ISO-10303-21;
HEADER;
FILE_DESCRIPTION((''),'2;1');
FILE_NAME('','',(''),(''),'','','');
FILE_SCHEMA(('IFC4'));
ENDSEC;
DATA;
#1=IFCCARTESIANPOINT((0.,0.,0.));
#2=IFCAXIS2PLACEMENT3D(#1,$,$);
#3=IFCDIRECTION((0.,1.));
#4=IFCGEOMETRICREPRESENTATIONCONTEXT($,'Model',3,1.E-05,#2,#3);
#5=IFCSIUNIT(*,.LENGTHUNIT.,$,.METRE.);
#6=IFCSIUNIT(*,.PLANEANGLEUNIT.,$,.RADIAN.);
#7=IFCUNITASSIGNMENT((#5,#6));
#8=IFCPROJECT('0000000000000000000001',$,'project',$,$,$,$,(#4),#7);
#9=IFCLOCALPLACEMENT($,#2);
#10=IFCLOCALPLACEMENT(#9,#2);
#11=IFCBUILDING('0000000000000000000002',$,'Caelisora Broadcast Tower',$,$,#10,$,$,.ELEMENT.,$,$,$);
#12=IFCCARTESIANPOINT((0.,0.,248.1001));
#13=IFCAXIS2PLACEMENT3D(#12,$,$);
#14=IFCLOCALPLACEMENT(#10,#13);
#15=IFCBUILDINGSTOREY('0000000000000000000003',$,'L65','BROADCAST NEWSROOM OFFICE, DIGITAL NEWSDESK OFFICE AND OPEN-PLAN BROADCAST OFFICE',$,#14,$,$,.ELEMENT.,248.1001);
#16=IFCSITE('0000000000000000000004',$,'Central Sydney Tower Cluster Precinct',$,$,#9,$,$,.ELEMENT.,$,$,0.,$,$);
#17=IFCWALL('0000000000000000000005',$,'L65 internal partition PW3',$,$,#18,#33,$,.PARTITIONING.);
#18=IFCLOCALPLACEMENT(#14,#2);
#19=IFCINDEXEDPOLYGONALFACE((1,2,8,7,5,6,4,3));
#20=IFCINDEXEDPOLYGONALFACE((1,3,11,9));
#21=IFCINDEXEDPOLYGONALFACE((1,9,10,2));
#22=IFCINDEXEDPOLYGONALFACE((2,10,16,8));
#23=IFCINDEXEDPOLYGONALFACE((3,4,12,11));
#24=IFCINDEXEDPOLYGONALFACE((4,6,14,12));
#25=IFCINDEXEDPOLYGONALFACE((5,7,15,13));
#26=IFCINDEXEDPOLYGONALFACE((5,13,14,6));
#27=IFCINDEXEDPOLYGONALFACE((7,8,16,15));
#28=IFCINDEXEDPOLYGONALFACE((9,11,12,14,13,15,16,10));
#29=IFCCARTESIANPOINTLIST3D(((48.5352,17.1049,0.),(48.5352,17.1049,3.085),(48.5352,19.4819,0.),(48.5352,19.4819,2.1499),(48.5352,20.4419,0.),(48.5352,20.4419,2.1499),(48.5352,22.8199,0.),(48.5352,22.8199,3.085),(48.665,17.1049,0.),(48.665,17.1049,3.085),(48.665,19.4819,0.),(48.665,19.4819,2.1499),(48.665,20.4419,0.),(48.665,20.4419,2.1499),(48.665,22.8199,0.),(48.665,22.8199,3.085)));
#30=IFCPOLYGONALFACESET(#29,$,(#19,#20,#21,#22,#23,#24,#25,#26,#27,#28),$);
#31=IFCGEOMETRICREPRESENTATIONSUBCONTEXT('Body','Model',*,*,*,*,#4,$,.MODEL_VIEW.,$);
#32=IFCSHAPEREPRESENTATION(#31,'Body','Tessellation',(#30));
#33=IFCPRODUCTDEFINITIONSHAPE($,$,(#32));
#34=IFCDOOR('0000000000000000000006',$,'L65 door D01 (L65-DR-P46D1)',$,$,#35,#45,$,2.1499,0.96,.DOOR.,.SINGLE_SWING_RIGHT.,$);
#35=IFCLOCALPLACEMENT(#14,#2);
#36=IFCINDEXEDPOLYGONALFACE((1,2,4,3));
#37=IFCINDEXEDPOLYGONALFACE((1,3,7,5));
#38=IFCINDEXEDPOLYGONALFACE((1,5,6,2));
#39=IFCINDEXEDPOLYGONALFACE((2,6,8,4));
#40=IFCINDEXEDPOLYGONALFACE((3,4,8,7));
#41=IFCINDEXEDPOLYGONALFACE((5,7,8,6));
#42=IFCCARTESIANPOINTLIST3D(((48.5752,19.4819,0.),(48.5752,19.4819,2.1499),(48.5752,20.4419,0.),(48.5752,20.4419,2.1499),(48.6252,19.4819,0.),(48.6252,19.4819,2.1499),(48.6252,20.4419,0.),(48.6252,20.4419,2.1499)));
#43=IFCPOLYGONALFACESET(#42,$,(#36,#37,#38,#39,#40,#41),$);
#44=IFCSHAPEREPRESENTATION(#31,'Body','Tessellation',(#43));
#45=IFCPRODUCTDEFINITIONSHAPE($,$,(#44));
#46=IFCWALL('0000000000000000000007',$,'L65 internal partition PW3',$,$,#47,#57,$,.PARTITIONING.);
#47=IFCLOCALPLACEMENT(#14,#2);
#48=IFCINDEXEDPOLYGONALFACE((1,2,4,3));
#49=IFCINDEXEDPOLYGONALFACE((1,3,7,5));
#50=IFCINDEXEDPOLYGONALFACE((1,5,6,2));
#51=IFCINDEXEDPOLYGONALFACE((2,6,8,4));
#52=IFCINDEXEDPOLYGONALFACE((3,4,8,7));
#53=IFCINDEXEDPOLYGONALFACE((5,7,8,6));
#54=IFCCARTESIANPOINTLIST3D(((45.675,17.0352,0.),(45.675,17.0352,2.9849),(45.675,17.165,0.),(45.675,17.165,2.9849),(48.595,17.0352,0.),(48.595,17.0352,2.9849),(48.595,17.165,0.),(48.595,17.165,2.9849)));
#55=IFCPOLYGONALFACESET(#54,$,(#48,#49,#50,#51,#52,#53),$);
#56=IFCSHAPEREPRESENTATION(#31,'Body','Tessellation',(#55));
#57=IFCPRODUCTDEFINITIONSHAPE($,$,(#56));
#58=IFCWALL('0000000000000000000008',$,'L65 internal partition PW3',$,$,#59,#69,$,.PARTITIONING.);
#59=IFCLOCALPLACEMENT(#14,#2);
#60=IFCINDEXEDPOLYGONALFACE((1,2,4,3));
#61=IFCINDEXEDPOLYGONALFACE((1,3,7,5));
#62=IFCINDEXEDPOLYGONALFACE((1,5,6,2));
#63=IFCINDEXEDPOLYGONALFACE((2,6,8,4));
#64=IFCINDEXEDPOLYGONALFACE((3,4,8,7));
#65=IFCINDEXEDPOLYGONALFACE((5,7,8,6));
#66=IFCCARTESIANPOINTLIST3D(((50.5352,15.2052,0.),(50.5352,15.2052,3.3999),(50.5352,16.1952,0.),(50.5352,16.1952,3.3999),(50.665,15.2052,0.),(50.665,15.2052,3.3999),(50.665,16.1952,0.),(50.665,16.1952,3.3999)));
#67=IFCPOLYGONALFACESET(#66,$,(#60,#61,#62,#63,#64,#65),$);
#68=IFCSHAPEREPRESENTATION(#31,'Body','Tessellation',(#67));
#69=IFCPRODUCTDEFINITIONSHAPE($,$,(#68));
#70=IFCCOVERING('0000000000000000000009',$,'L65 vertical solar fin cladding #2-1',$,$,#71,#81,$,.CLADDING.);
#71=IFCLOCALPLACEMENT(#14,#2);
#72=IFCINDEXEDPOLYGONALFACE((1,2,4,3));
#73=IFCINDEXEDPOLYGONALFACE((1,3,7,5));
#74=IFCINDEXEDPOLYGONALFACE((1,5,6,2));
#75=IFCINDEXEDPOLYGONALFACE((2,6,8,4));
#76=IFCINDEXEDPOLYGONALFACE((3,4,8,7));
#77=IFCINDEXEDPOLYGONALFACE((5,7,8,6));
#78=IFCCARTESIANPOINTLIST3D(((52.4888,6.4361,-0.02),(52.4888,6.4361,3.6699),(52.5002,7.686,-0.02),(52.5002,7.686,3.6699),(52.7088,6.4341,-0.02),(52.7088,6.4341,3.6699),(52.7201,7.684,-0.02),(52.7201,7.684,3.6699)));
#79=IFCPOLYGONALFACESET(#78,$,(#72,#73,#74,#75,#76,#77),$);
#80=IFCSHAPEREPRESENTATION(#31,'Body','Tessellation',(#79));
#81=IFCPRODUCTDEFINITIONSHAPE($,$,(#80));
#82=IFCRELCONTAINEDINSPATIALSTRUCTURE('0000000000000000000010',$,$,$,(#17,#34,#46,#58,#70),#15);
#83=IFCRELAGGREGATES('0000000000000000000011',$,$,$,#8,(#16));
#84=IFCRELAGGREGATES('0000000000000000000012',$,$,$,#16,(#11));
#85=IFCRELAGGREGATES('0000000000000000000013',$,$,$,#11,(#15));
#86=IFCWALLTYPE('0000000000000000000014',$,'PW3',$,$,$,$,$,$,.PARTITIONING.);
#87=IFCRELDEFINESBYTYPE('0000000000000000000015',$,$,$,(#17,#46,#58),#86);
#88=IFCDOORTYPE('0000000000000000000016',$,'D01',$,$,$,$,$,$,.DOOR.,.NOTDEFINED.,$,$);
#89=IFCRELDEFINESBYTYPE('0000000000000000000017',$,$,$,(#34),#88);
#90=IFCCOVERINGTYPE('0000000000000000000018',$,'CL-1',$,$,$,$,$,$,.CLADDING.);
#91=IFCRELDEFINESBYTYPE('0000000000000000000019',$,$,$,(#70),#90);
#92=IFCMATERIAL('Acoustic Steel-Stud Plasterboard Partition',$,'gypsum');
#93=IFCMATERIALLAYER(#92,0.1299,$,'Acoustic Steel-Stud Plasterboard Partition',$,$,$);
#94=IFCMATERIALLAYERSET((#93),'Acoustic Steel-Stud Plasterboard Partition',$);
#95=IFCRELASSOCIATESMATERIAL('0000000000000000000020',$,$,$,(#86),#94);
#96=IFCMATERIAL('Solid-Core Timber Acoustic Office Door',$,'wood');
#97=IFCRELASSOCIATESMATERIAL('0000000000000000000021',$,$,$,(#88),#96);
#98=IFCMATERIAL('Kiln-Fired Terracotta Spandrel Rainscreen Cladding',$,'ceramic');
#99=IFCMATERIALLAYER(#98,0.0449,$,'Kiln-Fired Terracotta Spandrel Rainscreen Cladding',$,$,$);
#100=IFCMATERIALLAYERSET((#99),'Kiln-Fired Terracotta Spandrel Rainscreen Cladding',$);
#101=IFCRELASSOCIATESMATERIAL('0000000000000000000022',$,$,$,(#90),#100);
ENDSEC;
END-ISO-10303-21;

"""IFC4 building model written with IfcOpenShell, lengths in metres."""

from ifc_helpers import new_model, si_unit, direction, frame, frame_2d, origin, origin_2d, place, context, subcontext, project, spatial, rectangle, extrude, source, transform, mapped, material, layer, layer_set, type_object, type_shapes, element, fill, save


model = new_model("IFC4")

# Units and contexts
model_context = context("Model", 3, precision=1e-05, world=origin(), true_north=direction((0.0, 1.0)))
body_context = subcontext(model_context, "Body", "Model", "MODEL_VIEW")
ifc_project = project(units=[si_unit("LENGTHUNIT", "METRE"), si_unit("PLANEANGLEUNIT", "RADIAN")], contexts=[model_context])

# Site, building, storey
site_placement = place(None, origin())
site = spatial("IfcSite", under=ifc_project, at=site_placement, Name="Central Sydney Tower Cluster Precinct", CompositionType="ELEMENT", RefElevation=0.0)
building_placement = place(site_placement, origin())
building = spatial("IfcBuilding", under=site, at=building_placement, Name="Caelisora Broadcast Tower", CompositionType="ELEMENT")
storey_placement = place(building_placement, frame((0.0, 0.0, 248.1001)))
storey = spatial("IfcBuildingStorey", under=building, at=storey_placement, Name="L65", Description="BROADCAST NEWSROOM OFFICE, DIGITAL NEWSDESK OFFICE AND OPEN-PLAN BROADCAST OFFICE", CompositionType="ELEMENT", Elevation=248.1001)

# Shared definitions
ifc_material_1 = material(Name="Acoustic Steel-Stud Plasterboard Partition", Category="gypsum")
ifc_layer_1 = layer(ifc_material_1, 0.1299, Name="Acoustic Steel-Stud Plasterboard Partition")
ifc_layer_set_1 = layer_set([ifc_layer_1], Name="Acoustic Steel-Stud Plasterboard Partition")
wall_type = type_object("IfcWallType", Name="PW3", PredefinedType="PARTITIONING", material=ifc_layer_set_1)

# Wall, opening, door
ifc_material_2 = material(Name="Solid-Core Timber Acoustic Office Door", Category="wood")
door_type = type_object("IfcDoorType", Name="D01", OperationType="NOTDEFINED", PredefinedType="DOOR", material=ifc_material_2)
wall_1_placement = place(storey_placement, frame((48.6001, 17.105, 0.0), z_axis=(0.0, 0.0, 1.0), x_axis=(0.0, 1.0, 0.0)))
wall_1 = element("IfcWall", 1, at=wall_1_placement, inside=storey, type_object=wall_type, Name="L65 internal partition PW3", PredefinedType="PARTITIONING", context=body_context, shape_type="SweptSolid", body=[
    extrude(rectangle(XDim=5.7151, YDim=0.1299, at=frame_2d((2.8574, 0.0))), origin(), (0.0, 0.0, 1.0), 3.085),
])
opening_1_placement = place(wall_1_placement, frame((2.377, 0.0, 0.0)))
opening_1 = element("IfcOpeningElement", 2, at=opening_1_placement, cuts=wall_1, PredefinedType="OPENING", context=body_context, shape_type="SweptSolid", body=[
    extrude(rectangle(XDim=0.96, YDim=2.1499, at=frame_2d((0.48, 1.075))), frame((0.0, 0.0769, 0.0), z_axis=(0.0, -1.0, 0.0), x_axis=(1.0, 0.0, 0.0)), (0.0, 0.0, 1.0), 0.1538),
])
door_1_placement = place(opening_1_placement, origin())
door_1 = element("IfcDoor", 3, at=door_1_placement, inside=storey, type_object=door_type, Name="L65 door D01 (L65-DR-P46D1)", OperationType="SINGLE_SWING_RIGHT", OverallHeight=2.1499, OverallWidth=0.96, PredefinedType="DOOR", context=body_context, shape_type="SweptSolid", body=[
    extrude(rectangle(XDim=0.96, YDim=2.1499, at=frame_2d((0.48, 1.075))), frame((0.0, 0.0249, 0.0), z_axis=(0.0, -1.0, 0.0), x_axis=(1.0, 0.0, 0.0)), (0.0, 0.0, 1.0), 0.05),
])
fill(opening_1, door_1)

# Walls
wall_2_placement = place(storey_placement, frame((45.675, 17.1001, 0.0), z_axis=(0.0, 0.0, 1.0), x_axis=(1.0, 0.0, 0.0)))
element("IfcWall", 4, at=wall_2_placement, inside=storey, type_object=wall_type, Name="L65 internal partition PW3", PredefinedType="PARTITIONING", context=body_context, shape_type="SweptSolid", body=[
    extrude(rectangle(XDim=2.9199, YDim=0.1299, at=frame_2d((1.46, 0.0))), origin(), (0.0, 0.0, 1.0), 2.9849),
])
wall_3_placement = place(storey_placement, frame((50.6001, 15.2051, 0.0), z_axis=(0.0, 0.0, 1.0), x_axis=(0.0, 1.0, 0.0)))
element("IfcWall", 5, at=wall_3_placement, inside=storey, type_object=wall_type, Name="L65 internal partition PW3", PredefinedType="PARTITIONING", context=body_context, shape_type="SweptSolid", body=[
    extrude(rectangle(XDim=0.99, YDim=0.1299, at=frame_2d((0.4951, 0.0))), origin(), (0.0, 0.0, 1.0), 3.3999),
])

# Covering
ifc_material_3 = material(Name="Kiln-Fired Terracotta Spandrel Rainscreen Cladding", Category="ceramic")
ifc_layer_2 = layer(ifc_material_3, 0.0449, Name="Kiln-Fired Terracotta Spandrel Rainscreen Cladding")
ifc_layer_set_2 = layer_set([ifc_layer_2], Name="Kiln-Fired Terracotta Spandrel Rainscreen Cladding")
covering_type = type_object("IfcCoveringType", Name="CL-1", PredefinedType="CLADDING", material=ifc_layer_set_2)
shared_shape_1 = source(origin(), body_context, "Body", "SweptSolid", [
    extrude(rectangle(XDim=0.22, YDim=1.25, at=origin_2d()), origin(), (0.0, 0.0, 1.0), 3.6899),
])
type_shapes(covering_type, [shared_shape_1])
covering_placement = place(storey_placement, frame((52.6045, 7.0601, -0.02), z_axis=(0.0, 0.0, 1.0), x_axis=(-0.999959, 0.009076, 0.0)))
element("IfcCovering", 6, at=covering_placement, inside=storey, type_object=covering_type, Name="L65 vertical solar fin cladding #2-1", PredefinedType="CLADDING", context=body_context, shape_type="MappedRepresentation", body=[
    mapped(shared_shape_1, transform((0.0, 0.0, 0.0), scale=1.0)),
])

save(model, "model.ifc")
